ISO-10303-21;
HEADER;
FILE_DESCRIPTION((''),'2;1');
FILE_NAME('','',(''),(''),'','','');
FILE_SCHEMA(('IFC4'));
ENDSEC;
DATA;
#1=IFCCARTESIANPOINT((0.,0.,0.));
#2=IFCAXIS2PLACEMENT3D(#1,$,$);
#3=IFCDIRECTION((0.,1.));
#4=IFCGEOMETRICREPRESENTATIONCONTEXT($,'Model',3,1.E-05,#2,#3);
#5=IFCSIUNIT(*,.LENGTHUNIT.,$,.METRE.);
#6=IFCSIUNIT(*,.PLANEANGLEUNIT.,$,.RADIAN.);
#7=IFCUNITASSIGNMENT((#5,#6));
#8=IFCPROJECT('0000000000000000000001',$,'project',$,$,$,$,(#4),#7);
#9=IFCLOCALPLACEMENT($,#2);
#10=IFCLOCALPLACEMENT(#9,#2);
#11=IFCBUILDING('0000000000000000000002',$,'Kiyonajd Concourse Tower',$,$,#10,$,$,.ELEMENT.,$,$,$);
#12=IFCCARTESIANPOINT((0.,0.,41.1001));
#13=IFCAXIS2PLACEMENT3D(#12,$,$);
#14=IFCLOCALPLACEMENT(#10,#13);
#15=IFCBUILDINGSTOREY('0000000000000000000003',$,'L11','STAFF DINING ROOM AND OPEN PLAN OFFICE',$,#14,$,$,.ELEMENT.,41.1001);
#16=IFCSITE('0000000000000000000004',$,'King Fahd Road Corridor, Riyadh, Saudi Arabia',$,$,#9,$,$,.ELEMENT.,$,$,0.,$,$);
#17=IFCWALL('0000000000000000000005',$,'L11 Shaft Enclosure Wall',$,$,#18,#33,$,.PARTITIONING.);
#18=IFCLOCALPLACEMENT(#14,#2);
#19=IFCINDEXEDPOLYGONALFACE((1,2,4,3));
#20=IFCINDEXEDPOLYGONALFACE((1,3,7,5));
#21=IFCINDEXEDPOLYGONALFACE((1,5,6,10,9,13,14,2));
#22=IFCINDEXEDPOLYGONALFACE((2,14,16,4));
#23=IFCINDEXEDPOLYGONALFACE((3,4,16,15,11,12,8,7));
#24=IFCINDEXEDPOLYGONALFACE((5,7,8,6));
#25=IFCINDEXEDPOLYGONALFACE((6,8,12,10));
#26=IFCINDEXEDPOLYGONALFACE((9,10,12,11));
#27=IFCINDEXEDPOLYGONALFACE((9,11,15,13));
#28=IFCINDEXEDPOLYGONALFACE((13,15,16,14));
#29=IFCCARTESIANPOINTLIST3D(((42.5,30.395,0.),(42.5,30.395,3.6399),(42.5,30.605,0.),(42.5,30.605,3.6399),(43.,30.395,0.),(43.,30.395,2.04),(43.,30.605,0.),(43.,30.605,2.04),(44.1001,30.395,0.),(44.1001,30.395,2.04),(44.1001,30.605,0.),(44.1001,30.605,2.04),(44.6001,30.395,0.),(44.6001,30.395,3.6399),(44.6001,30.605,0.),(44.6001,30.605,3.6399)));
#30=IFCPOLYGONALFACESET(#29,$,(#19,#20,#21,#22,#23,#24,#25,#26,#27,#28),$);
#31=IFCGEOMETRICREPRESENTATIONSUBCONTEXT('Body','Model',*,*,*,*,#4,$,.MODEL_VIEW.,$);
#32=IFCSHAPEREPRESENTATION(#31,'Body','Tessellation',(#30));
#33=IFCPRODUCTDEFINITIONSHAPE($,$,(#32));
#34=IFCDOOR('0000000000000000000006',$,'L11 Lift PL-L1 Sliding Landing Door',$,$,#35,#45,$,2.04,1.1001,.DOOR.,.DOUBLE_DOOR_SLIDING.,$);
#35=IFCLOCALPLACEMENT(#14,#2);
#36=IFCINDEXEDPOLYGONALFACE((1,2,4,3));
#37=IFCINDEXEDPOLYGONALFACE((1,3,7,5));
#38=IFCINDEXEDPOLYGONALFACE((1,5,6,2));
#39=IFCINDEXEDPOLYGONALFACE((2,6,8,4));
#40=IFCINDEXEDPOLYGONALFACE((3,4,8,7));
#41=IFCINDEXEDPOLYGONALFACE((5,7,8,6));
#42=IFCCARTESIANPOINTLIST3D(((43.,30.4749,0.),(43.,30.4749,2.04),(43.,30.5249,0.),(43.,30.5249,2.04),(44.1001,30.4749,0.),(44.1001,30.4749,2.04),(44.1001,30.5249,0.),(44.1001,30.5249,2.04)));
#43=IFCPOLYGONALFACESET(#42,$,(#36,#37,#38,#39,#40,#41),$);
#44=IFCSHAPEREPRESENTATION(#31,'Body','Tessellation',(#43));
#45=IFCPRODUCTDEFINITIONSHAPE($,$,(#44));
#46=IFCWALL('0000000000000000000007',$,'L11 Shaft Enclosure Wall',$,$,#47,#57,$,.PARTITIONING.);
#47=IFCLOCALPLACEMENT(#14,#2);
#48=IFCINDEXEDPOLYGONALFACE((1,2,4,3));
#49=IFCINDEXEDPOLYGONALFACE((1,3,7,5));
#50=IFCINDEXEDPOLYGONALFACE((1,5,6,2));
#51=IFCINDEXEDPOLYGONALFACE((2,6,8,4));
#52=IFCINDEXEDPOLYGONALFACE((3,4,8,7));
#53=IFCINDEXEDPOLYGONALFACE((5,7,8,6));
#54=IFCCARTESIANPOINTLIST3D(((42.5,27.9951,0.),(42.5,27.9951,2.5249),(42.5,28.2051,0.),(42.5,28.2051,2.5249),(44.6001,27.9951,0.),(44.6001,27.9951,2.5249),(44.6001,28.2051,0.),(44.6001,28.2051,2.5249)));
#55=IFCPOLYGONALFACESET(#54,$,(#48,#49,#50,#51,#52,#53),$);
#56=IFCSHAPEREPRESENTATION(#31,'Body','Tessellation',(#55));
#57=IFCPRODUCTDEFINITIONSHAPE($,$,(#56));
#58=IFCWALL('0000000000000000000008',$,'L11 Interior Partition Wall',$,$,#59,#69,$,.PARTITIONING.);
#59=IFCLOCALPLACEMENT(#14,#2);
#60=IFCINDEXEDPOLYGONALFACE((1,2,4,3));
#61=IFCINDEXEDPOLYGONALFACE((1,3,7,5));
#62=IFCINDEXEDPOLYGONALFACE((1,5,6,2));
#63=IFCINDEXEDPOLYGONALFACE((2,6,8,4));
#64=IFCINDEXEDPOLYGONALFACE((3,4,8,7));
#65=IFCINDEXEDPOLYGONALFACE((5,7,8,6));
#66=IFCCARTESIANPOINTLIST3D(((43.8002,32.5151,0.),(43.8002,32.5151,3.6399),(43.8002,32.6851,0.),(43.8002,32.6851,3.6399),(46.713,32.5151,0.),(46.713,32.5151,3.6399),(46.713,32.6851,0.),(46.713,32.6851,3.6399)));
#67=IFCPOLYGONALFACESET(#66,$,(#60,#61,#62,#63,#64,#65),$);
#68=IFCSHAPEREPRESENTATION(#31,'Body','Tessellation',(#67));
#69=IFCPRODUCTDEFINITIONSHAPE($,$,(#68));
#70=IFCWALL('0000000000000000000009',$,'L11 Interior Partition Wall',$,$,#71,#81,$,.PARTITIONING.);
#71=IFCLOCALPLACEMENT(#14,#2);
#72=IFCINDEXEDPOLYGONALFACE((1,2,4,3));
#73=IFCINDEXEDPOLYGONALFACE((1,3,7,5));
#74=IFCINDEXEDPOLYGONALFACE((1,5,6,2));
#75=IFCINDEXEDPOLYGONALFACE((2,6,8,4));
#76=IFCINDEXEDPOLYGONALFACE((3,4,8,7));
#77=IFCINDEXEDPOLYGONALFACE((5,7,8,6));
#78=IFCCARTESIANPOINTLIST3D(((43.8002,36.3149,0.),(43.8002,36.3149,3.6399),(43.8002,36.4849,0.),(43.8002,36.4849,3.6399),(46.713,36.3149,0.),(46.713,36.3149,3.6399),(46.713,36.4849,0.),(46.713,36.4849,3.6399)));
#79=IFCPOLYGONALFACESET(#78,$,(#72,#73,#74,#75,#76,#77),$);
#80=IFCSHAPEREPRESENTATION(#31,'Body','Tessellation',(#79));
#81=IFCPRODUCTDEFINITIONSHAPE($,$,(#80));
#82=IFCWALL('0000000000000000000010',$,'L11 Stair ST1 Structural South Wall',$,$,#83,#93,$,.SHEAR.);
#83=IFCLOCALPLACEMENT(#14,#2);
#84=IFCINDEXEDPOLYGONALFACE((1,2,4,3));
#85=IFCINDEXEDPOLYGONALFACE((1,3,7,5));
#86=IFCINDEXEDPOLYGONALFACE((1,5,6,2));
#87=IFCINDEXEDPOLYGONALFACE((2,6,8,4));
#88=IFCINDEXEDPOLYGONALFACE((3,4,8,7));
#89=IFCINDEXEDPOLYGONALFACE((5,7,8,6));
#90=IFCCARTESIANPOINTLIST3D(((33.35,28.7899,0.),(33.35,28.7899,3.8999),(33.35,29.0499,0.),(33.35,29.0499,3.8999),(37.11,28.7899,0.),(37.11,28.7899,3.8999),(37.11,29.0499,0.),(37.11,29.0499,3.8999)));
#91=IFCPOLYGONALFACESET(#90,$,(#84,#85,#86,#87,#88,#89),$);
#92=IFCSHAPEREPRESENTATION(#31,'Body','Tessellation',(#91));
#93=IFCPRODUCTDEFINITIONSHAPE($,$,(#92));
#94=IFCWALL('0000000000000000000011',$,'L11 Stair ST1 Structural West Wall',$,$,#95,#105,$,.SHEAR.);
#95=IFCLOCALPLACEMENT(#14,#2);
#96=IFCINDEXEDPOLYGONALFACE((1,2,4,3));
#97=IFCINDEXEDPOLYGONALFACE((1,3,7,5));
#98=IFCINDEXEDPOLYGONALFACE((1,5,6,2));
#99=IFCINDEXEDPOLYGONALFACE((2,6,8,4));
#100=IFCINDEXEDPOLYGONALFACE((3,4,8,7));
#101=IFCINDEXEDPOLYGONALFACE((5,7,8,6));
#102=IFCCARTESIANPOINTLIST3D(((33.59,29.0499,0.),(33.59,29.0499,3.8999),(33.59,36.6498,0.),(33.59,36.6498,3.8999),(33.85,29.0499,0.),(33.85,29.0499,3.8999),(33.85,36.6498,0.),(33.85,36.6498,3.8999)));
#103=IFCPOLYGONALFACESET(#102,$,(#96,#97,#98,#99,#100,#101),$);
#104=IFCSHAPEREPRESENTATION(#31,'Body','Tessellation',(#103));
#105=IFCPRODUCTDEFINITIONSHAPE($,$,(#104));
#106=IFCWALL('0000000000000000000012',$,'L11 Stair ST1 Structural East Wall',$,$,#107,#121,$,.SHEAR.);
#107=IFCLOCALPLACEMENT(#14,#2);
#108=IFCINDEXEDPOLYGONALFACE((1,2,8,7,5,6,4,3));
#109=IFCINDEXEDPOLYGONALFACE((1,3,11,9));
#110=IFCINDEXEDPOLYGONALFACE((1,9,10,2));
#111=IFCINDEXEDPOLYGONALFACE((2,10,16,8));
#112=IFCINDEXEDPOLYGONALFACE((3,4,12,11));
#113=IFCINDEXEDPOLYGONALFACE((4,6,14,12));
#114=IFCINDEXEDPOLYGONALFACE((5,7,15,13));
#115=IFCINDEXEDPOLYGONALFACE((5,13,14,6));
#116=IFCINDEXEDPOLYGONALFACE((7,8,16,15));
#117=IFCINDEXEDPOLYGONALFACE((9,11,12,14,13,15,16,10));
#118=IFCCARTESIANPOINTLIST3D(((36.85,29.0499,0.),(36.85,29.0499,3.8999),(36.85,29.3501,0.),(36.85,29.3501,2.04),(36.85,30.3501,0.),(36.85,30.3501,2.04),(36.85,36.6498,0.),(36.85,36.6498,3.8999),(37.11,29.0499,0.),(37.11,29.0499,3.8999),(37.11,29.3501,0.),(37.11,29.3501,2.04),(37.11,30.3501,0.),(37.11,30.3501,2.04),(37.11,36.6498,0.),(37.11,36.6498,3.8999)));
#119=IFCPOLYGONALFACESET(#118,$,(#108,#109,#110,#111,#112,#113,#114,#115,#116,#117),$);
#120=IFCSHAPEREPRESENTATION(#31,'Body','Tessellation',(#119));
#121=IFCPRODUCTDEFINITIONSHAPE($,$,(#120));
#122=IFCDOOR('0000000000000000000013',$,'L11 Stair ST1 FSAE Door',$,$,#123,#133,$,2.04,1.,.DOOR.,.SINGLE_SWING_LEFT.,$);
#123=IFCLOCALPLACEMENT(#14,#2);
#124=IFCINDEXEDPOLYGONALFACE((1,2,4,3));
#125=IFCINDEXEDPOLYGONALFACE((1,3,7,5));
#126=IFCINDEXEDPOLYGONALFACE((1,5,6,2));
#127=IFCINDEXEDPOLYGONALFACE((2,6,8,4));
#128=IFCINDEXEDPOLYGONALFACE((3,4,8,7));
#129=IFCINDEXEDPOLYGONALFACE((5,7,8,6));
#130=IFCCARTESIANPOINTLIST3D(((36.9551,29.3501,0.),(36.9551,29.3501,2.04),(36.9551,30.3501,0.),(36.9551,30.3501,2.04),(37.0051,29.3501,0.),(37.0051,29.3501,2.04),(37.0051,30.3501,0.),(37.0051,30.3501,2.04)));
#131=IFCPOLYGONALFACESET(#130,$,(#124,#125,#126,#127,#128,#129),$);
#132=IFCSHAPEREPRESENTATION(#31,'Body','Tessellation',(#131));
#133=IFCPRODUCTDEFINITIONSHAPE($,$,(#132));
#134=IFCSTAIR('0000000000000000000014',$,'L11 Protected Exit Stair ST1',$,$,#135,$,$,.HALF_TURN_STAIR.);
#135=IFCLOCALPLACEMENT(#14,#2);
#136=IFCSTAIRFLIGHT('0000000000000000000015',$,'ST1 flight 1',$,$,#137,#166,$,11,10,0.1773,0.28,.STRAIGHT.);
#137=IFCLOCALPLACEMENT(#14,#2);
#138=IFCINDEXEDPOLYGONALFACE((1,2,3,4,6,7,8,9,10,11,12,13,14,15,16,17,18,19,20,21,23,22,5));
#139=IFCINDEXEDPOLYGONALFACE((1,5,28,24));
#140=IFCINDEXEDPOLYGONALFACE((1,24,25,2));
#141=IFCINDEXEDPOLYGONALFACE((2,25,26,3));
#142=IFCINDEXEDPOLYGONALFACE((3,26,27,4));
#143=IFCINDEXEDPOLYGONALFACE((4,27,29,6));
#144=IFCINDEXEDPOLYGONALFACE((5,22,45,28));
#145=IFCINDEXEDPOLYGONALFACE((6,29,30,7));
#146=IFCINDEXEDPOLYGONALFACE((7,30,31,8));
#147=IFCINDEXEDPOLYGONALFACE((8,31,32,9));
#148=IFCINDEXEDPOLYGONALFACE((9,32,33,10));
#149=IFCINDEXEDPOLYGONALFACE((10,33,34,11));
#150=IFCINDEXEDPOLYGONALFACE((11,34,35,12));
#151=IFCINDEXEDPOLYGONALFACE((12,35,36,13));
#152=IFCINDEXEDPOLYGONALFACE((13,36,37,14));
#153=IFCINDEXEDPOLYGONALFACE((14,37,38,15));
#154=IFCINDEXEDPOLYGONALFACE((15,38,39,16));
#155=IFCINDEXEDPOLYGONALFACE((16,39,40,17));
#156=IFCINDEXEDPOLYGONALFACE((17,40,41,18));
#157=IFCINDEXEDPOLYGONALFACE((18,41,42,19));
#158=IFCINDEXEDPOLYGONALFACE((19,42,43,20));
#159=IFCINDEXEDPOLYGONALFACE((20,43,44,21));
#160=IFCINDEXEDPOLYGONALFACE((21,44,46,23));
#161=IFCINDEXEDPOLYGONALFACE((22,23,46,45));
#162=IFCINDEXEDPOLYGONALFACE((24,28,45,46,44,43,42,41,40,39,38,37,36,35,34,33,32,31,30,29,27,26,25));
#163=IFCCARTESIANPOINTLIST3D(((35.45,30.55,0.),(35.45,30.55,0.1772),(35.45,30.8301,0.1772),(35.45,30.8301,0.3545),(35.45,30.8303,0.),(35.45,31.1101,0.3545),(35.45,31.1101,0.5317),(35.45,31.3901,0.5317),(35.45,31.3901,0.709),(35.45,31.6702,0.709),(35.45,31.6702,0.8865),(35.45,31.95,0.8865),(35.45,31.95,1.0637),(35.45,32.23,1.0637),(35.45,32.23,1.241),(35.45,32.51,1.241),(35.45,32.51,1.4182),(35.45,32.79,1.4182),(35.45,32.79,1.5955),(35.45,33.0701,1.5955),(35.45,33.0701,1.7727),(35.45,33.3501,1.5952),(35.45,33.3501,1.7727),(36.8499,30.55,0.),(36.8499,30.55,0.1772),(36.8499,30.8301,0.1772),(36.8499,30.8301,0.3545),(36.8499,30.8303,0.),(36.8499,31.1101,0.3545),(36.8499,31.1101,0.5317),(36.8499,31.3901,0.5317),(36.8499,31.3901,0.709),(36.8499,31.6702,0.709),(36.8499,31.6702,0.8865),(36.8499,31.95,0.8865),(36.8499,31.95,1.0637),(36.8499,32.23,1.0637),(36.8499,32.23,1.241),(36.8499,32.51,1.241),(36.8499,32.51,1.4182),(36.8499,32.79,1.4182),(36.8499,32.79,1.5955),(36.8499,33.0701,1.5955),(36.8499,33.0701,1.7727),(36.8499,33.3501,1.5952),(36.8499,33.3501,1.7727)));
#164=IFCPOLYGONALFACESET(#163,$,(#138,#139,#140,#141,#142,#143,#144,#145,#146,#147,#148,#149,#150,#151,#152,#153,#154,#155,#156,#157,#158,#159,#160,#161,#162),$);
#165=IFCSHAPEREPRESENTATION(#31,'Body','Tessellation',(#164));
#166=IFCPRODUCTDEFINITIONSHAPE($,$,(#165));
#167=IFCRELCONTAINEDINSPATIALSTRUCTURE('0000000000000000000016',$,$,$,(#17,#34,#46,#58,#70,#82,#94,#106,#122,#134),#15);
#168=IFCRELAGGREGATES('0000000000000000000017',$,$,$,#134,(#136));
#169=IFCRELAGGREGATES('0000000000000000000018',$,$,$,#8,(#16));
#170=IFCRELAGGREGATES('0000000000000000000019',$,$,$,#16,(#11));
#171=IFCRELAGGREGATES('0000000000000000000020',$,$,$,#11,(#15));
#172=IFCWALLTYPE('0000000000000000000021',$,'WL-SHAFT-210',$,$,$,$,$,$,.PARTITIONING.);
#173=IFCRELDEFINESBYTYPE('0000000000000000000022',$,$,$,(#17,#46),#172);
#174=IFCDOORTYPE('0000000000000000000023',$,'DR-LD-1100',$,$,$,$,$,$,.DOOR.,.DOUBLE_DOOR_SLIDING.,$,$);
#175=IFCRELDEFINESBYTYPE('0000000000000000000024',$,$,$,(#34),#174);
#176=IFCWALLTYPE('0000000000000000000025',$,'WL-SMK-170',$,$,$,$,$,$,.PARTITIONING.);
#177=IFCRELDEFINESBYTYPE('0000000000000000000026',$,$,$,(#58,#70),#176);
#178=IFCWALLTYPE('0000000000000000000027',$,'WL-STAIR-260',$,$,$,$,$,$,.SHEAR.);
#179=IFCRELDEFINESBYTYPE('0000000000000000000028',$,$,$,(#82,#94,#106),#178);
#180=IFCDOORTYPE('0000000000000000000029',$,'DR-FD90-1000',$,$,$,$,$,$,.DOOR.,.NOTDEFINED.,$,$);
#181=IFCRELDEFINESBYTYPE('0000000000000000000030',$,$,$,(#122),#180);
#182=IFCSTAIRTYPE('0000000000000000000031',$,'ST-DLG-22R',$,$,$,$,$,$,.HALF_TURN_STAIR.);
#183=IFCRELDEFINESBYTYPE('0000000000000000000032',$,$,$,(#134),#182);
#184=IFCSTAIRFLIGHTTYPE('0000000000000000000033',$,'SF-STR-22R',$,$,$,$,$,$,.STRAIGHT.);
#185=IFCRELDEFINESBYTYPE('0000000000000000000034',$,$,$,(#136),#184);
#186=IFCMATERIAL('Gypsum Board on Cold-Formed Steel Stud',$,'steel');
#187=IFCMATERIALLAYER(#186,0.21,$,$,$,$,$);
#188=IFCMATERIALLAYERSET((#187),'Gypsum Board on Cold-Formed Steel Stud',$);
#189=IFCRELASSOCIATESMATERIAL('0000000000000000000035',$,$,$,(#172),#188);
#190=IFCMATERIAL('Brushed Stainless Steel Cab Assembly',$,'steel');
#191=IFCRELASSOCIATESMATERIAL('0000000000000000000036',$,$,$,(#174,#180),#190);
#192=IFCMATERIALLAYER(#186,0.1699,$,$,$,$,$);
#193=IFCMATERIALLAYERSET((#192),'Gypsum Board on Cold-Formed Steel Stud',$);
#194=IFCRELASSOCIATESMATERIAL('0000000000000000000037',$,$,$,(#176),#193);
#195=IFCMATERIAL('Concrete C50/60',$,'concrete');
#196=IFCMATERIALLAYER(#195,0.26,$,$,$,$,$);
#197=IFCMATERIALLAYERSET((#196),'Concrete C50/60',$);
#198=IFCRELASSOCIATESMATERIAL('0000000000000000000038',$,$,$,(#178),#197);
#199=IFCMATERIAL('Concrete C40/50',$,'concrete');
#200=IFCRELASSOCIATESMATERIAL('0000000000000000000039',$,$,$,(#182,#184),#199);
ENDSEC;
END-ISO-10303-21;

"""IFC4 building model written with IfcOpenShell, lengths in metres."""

from ifc_helpers import new_model, si_unit, direction, frame, frame_2d, origin, place, context, subcontext, project, spatial, polyline, rectangle, outline, extrude, material, layer, layer_set, type_object, element, fill, aggregate, save


model = new_model("IFC4")

# Units and contexts
model_context = context("Model", 3, precision=1e-05, world=origin(), true_north=direction((0.0, 1.0)))
body_context = subcontext(model_context, "Body", "Model", "MODEL_VIEW")
ifc_project = project(units=[si_unit("LENGTHUNIT", "METRE"), si_unit("PLANEANGLEUNIT", "RADIAN")], contexts=[model_context])

# Site, building, storey
site_placement = place(None, origin())
site = spatial("IfcSite", under=ifc_project, at=site_placement, Name="King Fahd Road Corridor, Riyadh, Saudi Arabia", CompositionType="ELEMENT", RefElevation=0.0)
building_placement = place(site_placement, origin())
building = spatial("IfcBuilding", under=site, at=building_placement, Name="Kiyonajd Concourse Tower", CompositionType="ELEMENT")
storey_placement = place(building_placement, frame((0.0, 0.0, 41.1001)))
storey = spatial("IfcBuildingStorey", under=building, at=storey_placement, Name="L11", Description="STAFF DINING ROOM AND OPEN PLAN OFFICE", CompositionType="ELEMENT", Elevation=41.1001)

# Shared definitions
ifc_material_1 = material(Name="Concrete C50/60", Category="concrete")

# Shared definitions
ifc_material_2 = material(Name="Gypsum Board on Cold-Formed Steel Stud", Category="steel")

# Shared definitions
ifc_layer_1 = layer(ifc_material_2, 0.21)
ifc_layer_set_1 = layer_set([ifc_layer_1], Name="Gypsum Board on Cold-Formed Steel Stud")
wall_type_1 = type_object("IfcWallType", Name="WL-SHAFT-210", PredefinedType="PARTITIONING", material=ifc_layer_set_1)
ifc_material_3 = material(Name="Brushed Stainless Steel Cab Assembly", Category="steel")

# Wall, opening, door
wall_1_placement = place(storey_placement, frame((42.5, 30.5, 0.0), z_axis=(0.0, 0.0, 1.0), x_axis=(1.0, 0.0, 0.0)))
wall_1 = element("IfcWall", 1, at=wall_1_placement, inside=storey, type_object=wall_type_1, Name="L11 Shaft Enclosure Wall", PredefinedType="PARTITIONING", context=body_context, shape_type="SweptSolid", body=[
    extrude(rectangle(XDim=2.1001, YDim=0.21, at=frame_2d((1.05, 0.0))), origin(), (0.0, 0.0, 1.0), 3.6399),
])
opening_1_placement = place(wall_1_placement, frame((0.5, 0.0, 0.0)))
opening_1 = element("IfcOpeningElement", 2, at=opening_1_placement, cuts=wall_1, PredefinedType="OPENING", context=body_context, shape_type="SweptSolid", body=[
    extrude(rectangle(XDim=1.1001, YDim=2.04, at=frame_2d((0.55, 1.02))), frame((0.0, 0.115, 0.0), z_axis=(0.0, -1.0, 0.0), x_axis=(1.0, 0.0, 0.0)), (0.0, 0.0, 1.0), 0.23),
])
door_type_1 = type_object("IfcDoorType", Name="DR-LD-1100", OperationType="DOUBLE_DOOR_SLIDING", PredefinedType="DOOR", material=ifc_material_3)
door_1_placement = place(opening_1_placement, origin())
door_1 = element("IfcDoor", 3, at=door_1_placement, inside=storey, type_object=door_type_1, Name="L11 Lift PL-L1 Sliding Landing Door", OperationType="DOUBLE_DOOR_SLIDING", OverallHeight=2.04, OverallWidth=1.1001, PredefinedType="DOOR", context=body_context, shape_type="SweptSolid", body=[
    extrude(rectangle(XDim=1.1001, YDim=2.04, at=frame_2d((0.55, 1.02))), frame((0.0, 0.0249, 0.0), z_axis=(0.0, -1.0, 0.0), x_axis=(1.0, 0.0, 0.0)), (0.0, 0.0, 1.0), 0.05),
])
fill(opening_1, door_1)

# Walls
wall_2_placement = place(storey_placement, frame((42.5, 28.1001, 0.0), z_axis=(0.0, 0.0, 1.0), x_axis=(1.0, 0.0, 0.0)))
element("IfcWall", 4, at=wall_2_placement, inside=storey, type_object=wall_type_1, Name="L11 Shaft Enclosure Wall", PredefinedType="PARTITIONING", context=body_context, shape_type="SweptSolid", body=[
    extrude(rectangle(XDim=2.1001, YDim=0.21, at=frame_2d((1.05, 0.0))), origin(), (0.0, 0.0, 1.0), 2.5249),
])
ifc_layer_2 = layer(ifc_material_2, 0.1699)
ifc_layer_set_2 = layer_set([ifc_layer_2], Name="Gypsum Board on Cold-Formed Steel Stud")
wall_type_2 = type_object("IfcWallType", Name="WL-SMK-170", PredefinedType="PARTITIONING", material=ifc_layer_set_2)
for number, where, z_axis, x_axis, name in (
    (5, (43.8, 32.6001, 0.0), (0.0, 0.0, 1.0), (1.0, 0.0, 0.0), "L11 Interior Partition Wall"),
    (6, (43.8, 36.3999, 0.0), (0.0, 0.0, 1.0), (1.0, 0.0, 0.0), "L11 Interior Partition Wall"),
):
    element("IfcWall", number, at=place(storey_placement, frame(where, z_axis=z_axis, x_axis=x_axis)), inside=storey, type_object=wall_type_2, Name=name, PredefinedType="PARTITIONING", context=body_context, shape_type="SweptSolid", body=[
        extrude(rectangle(XDim=2.9128, YDim=0.1699, at=frame_2d((1.4565, 0.0))), origin(), (0.0, 0.0, 1.0), 3.6399),
    ])
ifc_layer_3 = layer(ifc_material_1, 0.26)
ifc_layer_set_3 = layer_set([ifc_layer_3], Name="Concrete C50/60")
wall_type_3 = type_object("IfcWallType", Name="WL-STAIR-260", PredefinedType="SHEAR", material=ifc_layer_set_3)
wall_3_placement = place(storey_placement, frame((33.3501, 28.9199, 0.0), z_axis=(0.0, 0.0, 1.0), x_axis=(1.0, 0.0, 0.0)))
element("IfcWall", 7, at=wall_3_placement, inside=storey, type_object=wall_type_3, Name="L11 Stair ST1 Structural South Wall", PredefinedType="SHEAR", context=body_context, shape_type="SweptSolid", body=[
    extrude(rectangle(XDim=3.76, YDim=0.26, at=frame_2d((1.8799, 0.0))), origin(), (0.0, 0.0, 1.0), 3.8999),
])
wall_4_placement = place(storey_placement, frame((33.72, 29.05, 0.0), z_axis=(0.0, 0.0, 1.0), x_axis=(0.0, 1.0, 0.0)))
element("IfcWall", 8, at=wall_4_placement, inside=storey, type_object=wall_type_3, Name="L11 Stair ST1 Structural West Wall", PredefinedType="SHEAR", context=body_context, shape_type="SweptSolid", body=[
    extrude(rectangle(XDim=7.5999, YDim=0.26, at=frame_2d((3.7998, 0.0))), origin(), (0.0, 0.0, 1.0), 3.8999),
])

# Wall, opening, door
wall_5_placement = place(storey_placement, frame((36.98, 29.05, 0.0), z_axis=(0.0, 0.0, 1.0), x_axis=(0.0, 1.0, 0.0)))
wall_5 = element("IfcWall", 9, at=wall_5_placement, inside=storey, type_object=wall_type_3, Name="L11 Stair ST1 Structural East Wall", PredefinedType="SHEAR", context=body_context, shape_type="SweptSolid", body=[
    extrude(rectangle(XDim=7.5999, YDim=0.26, at=frame_2d((3.7998, 0.0))), origin(), (0.0, 0.0, 1.0), 3.8999),
])
opening_2_placement = place(wall_5_placement, frame((0.3, 0.0, 0.0)))
opening_2 = element("IfcOpeningElement", 10, at=opening_2_placement, cuts=wall_5, PredefinedType="OPENING", context=body_context, shape_type="SweptSolid", body=[
    extrude(rectangle(XDim=1.0, YDim=2.04, at=frame_2d((0.5, 1.02))), frame((0.0, 0.1399, 0.0), z_axis=(0.0, -1.0, 0.0), x_axis=(1.0, 0.0, 0.0)), (0.0, 0.0, 1.0), 0.28),
])
door_type_2 = type_object("IfcDoorType", Name="DR-FD90-1000", OperationType="NOTDEFINED", PredefinedType="DOOR", material=ifc_material_3)
door_2_placement = place(opening_2_placement, origin())
door_2 = element("IfcDoor", 11, at=door_2_placement, inside=storey, type_object=door_type_2, Name="L11 Stair ST1 FSAE Door", OperationType="SINGLE_SWING_LEFT", OverallHeight=2.04, OverallWidth=1.0, PredefinedType="DOOR", context=body_context, shape_type="SweptSolid", body=[
    extrude(rectangle(XDim=1.0, YDim=2.04, at=frame_2d((0.5, 1.02))), frame((0.0, 0.0249, 0.0), z_axis=(0.0, -1.0, 0.0), x_axis=(1.0, 0.0, 0.0)), (0.0, 0.0, 1.0), 0.05),
])
fill(opening_2, door_2)

# Stair, stair flight
ifc_material_4 = material(Name="Concrete C40/50", Category="concrete")
stair_type = type_object("IfcStairType", Name="ST-DLG-22R", PredefinedType="HALF_TURN_STAIR", material=ifc_material_4)
stair_placement = place(storey_placement, origin())
stair = element("IfcStair", 12, at=stair_placement, inside=storey, type_object=stair_type, Name="L11 Protected Exit Stair ST1", PredefinedType="HALF_TURN_STAIR")
stair_flight_type = type_object("IfcStairFlightType", Name="SF-STR-22R", PredefinedType="STRAIGHT", material=ifc_material_4)
stair_flight_1_placement = place(storey_placement, frame((36.1499, 30.55, 0.0), z_axis=(0.0, 0.0, 1.0), x_axis=(0.0, 1.0, 0.0)))
stair_flight_1 = element("IfcStairFlight", 13, at=stair_flight_1_placement, type_object=stair_flight_type, Name="ST1 flight 1", NumberOfRisers=11, NumberOfTreads=10, PredefinedType="STRAIGHT", RiserHeight=0.1773, TreadLength=0.28, context=body_context, shape_type="SweptSolid", body=[
    extrude(outline(polyline([(0.0, 0.0), (0.0, 0.1772), (0.28, 0.1772), (0.28, 0.3545), (0.5601, 0.3545), (0.5601, 0.5317), (0.8401, 0.5317), (0.8401, 0.709), (1.1201, 0.709), (1.1201, 0.8865), (1.3999, 0.8865), (1.3999, 1.0637), (1.6799, 1.0637), (1.6799, 1.241), (1.96, 1.241), (1.96, 1.4182), (2.24, 1.4182), (2.24, 1.5955), (2.52, 1.5955), (2.52, 1.7727), (2.8, 1.7727), (2.8, 1.95), (2.8, 1.5952), (0.2803, 0.0), (0.0, 0.0)])), frame((0.0, 0.7, 0.0), z_axis=(0.0, -1.0, 0.0), x_axis=(1.0, 0.0, 0.0)), (0.0, 0.0, 1.0), 1.3999),
])
aggregate(stair, [stair_flight_1])

save(model, "model.ifc")
